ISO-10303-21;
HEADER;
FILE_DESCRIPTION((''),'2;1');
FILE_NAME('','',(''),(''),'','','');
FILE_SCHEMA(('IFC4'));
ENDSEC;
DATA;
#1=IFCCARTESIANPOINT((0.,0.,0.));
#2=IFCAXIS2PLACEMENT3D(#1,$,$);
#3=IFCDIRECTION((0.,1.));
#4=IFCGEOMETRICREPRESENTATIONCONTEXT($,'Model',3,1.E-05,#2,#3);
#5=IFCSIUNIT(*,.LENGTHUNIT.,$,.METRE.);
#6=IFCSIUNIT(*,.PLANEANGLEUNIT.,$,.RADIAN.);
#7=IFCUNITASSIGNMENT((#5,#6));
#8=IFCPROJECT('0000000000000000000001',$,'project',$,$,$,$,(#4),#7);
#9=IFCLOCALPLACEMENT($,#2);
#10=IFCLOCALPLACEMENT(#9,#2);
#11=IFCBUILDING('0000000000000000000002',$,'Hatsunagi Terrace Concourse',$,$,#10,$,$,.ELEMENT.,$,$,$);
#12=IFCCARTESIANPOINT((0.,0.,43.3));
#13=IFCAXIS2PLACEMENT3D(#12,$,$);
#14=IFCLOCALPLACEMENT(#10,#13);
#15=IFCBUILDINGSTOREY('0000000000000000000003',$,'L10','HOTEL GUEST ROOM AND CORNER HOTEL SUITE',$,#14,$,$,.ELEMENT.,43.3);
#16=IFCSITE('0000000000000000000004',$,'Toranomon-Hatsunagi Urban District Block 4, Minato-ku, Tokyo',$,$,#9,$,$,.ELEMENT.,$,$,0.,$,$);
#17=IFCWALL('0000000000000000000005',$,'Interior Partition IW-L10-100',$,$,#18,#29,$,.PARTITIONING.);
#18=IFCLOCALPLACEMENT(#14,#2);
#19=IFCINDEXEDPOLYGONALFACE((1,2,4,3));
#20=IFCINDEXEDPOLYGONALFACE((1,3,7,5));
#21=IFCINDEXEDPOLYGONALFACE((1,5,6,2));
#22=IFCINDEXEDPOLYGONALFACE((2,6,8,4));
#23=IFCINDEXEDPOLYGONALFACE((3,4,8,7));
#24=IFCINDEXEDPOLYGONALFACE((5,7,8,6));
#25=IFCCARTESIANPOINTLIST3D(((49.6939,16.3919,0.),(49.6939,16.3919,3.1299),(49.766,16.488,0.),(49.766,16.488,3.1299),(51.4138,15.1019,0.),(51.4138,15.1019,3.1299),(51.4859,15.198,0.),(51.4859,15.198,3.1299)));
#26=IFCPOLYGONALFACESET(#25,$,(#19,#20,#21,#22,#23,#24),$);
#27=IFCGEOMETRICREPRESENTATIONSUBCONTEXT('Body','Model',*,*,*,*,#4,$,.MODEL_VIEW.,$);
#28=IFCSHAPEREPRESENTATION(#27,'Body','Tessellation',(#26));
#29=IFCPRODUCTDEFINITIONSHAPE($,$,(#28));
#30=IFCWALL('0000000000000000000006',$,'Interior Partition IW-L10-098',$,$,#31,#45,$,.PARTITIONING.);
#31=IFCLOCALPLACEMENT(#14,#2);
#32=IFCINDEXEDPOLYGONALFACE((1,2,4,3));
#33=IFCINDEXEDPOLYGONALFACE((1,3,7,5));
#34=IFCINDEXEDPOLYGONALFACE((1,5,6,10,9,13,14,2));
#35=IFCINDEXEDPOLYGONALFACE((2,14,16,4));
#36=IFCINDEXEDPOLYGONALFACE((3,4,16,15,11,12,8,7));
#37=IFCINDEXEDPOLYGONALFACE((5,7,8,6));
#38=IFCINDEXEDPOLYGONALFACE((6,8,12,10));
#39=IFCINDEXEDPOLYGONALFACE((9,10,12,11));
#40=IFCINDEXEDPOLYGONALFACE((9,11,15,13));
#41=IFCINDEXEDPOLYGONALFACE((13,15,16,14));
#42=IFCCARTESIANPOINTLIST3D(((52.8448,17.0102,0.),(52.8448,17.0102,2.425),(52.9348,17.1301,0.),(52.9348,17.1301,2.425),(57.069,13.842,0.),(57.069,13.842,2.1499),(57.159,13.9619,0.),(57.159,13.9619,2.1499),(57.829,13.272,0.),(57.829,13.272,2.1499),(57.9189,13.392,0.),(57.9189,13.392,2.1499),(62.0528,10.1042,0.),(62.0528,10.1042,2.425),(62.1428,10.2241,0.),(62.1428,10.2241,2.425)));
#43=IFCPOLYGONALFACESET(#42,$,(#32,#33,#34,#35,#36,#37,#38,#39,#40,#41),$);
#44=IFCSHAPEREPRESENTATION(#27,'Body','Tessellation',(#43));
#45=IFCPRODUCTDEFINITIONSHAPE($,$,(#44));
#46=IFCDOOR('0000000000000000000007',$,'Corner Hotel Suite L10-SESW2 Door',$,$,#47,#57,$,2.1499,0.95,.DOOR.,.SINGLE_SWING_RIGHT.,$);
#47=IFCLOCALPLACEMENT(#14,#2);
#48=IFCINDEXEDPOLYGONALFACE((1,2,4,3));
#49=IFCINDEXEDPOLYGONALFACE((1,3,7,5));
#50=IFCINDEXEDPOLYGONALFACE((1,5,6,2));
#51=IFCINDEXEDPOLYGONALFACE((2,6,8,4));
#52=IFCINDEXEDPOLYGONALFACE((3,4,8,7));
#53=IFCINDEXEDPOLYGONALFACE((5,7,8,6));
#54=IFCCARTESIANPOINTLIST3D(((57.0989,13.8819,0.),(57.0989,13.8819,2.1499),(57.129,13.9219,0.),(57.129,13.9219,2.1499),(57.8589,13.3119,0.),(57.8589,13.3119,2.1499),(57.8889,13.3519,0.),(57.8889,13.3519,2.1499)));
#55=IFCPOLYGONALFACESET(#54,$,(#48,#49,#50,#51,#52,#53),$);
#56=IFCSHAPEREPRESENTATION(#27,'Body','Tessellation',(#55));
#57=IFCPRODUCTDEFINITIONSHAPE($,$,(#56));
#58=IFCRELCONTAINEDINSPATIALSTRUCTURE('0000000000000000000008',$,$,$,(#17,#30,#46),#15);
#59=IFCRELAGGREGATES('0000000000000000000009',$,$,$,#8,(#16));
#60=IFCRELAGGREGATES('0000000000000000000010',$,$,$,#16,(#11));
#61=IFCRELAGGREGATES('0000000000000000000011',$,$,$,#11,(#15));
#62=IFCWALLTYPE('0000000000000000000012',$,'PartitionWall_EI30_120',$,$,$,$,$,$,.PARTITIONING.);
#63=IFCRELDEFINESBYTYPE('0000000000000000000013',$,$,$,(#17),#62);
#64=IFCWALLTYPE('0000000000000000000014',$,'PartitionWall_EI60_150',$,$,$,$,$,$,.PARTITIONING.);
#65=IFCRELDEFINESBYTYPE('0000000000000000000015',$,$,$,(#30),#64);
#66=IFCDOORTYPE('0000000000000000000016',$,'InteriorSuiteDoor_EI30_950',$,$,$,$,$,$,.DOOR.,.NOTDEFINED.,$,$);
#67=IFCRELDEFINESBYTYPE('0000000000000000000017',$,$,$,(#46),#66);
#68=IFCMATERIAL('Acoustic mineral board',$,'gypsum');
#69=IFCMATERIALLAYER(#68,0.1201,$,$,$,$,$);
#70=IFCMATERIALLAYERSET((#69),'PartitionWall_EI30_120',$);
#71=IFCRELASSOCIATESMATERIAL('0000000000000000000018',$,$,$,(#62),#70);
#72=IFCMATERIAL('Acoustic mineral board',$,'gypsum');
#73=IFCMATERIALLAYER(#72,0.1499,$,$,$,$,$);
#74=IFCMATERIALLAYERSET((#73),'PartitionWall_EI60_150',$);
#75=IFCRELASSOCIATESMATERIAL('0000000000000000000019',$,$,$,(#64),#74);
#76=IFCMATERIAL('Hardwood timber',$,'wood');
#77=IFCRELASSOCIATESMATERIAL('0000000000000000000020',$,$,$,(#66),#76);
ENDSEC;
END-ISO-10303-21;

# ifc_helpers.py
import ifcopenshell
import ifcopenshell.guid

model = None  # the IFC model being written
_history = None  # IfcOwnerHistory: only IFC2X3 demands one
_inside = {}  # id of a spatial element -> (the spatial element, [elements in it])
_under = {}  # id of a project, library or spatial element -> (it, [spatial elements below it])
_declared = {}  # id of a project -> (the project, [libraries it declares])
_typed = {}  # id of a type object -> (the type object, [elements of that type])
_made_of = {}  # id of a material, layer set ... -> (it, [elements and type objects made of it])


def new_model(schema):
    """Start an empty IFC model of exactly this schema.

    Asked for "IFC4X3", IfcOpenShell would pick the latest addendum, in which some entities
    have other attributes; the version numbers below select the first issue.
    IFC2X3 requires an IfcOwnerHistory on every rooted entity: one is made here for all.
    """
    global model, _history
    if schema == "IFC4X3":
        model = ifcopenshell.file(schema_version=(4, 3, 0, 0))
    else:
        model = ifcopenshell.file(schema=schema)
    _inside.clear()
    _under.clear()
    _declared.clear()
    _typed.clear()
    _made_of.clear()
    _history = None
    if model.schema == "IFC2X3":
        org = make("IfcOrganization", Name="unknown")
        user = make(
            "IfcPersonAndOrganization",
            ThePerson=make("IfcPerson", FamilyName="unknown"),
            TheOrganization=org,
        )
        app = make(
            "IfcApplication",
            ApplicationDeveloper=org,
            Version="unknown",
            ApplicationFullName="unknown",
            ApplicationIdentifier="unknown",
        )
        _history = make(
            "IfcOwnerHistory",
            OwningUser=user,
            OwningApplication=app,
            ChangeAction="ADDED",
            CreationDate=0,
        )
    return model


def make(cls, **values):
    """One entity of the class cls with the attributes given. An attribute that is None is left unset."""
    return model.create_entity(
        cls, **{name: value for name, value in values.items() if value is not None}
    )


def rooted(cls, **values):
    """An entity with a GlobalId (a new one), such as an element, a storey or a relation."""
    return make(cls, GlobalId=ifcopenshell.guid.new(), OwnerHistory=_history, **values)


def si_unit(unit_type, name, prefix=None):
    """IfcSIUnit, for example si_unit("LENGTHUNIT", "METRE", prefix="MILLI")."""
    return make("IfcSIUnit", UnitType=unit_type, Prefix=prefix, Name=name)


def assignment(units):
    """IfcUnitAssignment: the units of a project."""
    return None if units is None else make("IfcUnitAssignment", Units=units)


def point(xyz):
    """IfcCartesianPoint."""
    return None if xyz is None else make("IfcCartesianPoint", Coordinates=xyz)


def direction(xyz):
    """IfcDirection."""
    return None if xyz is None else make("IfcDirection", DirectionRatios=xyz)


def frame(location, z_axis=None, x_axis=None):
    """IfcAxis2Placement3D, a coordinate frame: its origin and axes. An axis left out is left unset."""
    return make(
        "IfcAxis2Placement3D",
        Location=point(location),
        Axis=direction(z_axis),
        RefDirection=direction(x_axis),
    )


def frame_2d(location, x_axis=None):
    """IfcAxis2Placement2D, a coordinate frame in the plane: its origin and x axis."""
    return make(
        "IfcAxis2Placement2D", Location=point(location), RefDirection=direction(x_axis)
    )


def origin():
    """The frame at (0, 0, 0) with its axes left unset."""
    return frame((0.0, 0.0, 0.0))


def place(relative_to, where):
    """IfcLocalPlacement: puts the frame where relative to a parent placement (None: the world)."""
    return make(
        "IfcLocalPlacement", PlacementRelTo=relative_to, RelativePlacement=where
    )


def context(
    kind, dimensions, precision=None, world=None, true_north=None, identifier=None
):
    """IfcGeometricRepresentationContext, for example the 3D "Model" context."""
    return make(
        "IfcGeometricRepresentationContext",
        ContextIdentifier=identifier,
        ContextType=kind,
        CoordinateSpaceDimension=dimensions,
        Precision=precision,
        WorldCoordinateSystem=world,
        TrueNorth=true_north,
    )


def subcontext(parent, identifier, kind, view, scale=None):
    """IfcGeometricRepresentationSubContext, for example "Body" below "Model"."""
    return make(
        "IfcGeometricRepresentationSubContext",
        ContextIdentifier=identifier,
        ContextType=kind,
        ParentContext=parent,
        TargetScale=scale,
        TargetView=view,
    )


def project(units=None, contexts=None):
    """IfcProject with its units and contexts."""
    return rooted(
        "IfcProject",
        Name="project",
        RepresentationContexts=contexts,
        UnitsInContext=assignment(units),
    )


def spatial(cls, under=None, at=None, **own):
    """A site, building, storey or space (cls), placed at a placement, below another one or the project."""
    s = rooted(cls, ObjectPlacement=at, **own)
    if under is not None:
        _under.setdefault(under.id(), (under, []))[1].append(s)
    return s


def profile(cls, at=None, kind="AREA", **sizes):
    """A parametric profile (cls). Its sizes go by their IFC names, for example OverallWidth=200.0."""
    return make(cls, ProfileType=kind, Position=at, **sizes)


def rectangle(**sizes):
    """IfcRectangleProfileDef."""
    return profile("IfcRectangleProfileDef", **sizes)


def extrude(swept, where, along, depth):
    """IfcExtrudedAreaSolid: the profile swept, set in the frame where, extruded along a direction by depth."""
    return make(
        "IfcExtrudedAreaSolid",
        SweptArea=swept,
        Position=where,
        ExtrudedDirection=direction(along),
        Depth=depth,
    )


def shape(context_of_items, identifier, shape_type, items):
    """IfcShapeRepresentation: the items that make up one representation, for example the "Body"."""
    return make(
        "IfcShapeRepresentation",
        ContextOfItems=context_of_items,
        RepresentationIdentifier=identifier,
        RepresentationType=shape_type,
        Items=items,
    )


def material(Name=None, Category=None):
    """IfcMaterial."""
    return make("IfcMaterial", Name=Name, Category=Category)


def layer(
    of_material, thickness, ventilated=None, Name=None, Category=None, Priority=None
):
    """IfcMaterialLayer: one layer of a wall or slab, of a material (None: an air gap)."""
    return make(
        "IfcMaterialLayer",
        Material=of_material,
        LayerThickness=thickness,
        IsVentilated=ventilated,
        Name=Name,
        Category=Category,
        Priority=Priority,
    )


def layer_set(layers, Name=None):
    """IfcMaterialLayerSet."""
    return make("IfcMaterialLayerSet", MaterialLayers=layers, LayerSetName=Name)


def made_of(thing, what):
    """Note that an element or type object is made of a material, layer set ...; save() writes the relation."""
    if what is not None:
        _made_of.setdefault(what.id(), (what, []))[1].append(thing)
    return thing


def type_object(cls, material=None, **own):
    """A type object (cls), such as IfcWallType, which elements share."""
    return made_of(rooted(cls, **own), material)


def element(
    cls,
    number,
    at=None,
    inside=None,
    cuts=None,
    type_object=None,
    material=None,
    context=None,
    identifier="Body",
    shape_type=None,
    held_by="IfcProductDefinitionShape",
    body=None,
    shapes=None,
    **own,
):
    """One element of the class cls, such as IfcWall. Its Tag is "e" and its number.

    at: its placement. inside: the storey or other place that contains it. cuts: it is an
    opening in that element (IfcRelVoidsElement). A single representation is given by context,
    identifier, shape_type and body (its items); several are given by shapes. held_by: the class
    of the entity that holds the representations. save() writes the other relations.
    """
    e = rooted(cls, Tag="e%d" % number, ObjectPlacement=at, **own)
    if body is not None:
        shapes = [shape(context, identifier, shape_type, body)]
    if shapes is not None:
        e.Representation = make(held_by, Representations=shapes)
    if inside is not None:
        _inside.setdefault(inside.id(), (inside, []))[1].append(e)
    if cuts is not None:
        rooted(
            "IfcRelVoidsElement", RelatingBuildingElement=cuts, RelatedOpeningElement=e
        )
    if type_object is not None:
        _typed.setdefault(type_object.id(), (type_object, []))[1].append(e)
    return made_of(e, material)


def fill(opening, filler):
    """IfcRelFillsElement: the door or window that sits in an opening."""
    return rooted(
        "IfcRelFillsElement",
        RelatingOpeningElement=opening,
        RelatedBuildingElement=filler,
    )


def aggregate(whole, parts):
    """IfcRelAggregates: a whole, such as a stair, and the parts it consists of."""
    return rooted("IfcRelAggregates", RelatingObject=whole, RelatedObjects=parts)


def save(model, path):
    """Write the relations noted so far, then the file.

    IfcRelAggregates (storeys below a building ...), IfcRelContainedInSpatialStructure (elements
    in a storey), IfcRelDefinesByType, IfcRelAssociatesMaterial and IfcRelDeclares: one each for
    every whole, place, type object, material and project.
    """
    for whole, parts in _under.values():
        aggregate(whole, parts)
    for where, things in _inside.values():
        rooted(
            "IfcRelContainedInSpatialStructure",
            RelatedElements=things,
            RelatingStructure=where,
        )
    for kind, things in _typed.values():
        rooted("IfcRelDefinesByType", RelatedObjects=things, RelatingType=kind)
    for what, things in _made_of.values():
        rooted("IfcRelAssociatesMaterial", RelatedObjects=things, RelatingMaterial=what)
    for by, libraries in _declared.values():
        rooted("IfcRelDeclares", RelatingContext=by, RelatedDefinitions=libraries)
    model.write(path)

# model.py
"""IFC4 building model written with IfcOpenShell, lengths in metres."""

from ifc_helpers import new_model, si_unit, direction, frame, frame_2d, origin, place, context, subcontext, project, spatial, rectangle, extrude, material, layer, layer_set, type_object, element, fill, save


model = new_model("IFC4")

# Units and contexts
model_context = context("Model", 3, precision=1e-05, world=origin(), true_north=direction((0.0, 1.0)))
body_context = subcontext(model_context, "Body", "Model", "MODEL_VIEW")
ifc_project = project(units=[si_unit("LENGTHUNIT", "METRE"), si_unit("PLANEANGLEUNIT", "RADIAN")], contexts=[model_context])

# Site, building, storey
site_placement = place(None, origin())
site = spatial("IfcSite", under=ifc_project, at=site_placement, Name="Toranomon-Hatsunagi Urban District Block 4, Minato-ku, Tokyo", CompositionType="ELEMENT", RefElevation=0.0)
building_placement = place(site_placement, origin())
building = spatial("IfcBuilding", under=site, at=building_placement, Name="Hatsunagi Terrace Concourse", CompositionType="ELEMENT")
storey_placement = place(building_placement, frame((0.0, 0.0, 43.3)))
storey = spatial("IfcBuildingStorey", under=building, at=storey_placement, Name="L10", Description="HOTEL GUEST ROOM AND CORNER HOTEL SUITE", CompositionType="ELEMENT", Elevation=43.3)

# Shared definitions
ifc_material_1 = material(Name="Acoustic mineral board", Category="gypsum")
ifc_layer_1 = layer(ifc_material_1, 0.1201)
ifc_layer_set_1 = layer_set([ifc_layer_1], Name="PartitionWall_EI30_120")
wall_type_1 = type_object("IfcWallType", Name="PartitionWall_EI30_120", PredefinedType="PARTITIONING", material=ifc_layer_set_1)

# Wall
wall_1_placement = place(storey_placement, frame((49.73, 16.4399, 0.0), z_axis=(0.0, 0.0, 1.0), x_axis=(0.799986, -0.600018, 0.0)))
element("IfcWall", 1, at=wall_1_placement, inside=storey, type_object=wall_type_1, Name="Interior Partition IW-L10-100", PredefinedType="PARTITIONING", context=body_context, shape_type="SweptSolid", body=[
    extrude(rectangle(XDim=2.1499, YDim=0.1201, at=frame_2d((1.075, 0.0))), origin(), (0.0, 0.0, 1.0), 3.1299),
])

# Wall, opening, door
ifc_material_2 = material(Name="Acoustic mineral board", Category="gypsum")
ifc_layer_2 = layer(ifc_material_2, 0.1499)
ifc_layer_set_2 = layer_set([ifc_layer_2], Name="PartitionWall_EI60_150")
wall_type_2 = type_object("IfcWallType", Name="PartitionWall_EI60_150", PredefinedType="PARTITIONING", material=ifc_layer_set_2)
wall_2_placement = place(storey_placement, frame((52.8899, 17.0701, 0.0), z_axis=(0.0, 0.0, 1.0), x_axis=(0.8, -0.6, 0.0)))
wall_2 = element("IfcWall", 2, at=wall_2_placement, inside=storey, type_object=wall_type_2, Name="Interior Partition IW-L10-098", PredefinedType="PARTITIONING", context=body_context, shape_type="SweptSolid", body=[
    extrude(rectangle(XDim=11.51, YDim=0.1499, at=frame_2d((5.7549, 0.0))), origin(), (0.0, 0.0, 1.0), 2.425),
])
opening_1_placement = place(wall_2_placement, frame((5.28, 0.0, 0.0)))
opening_1 = element("IfcOpeningElement", 3, at=opening_1_placement, cuts=wall_2, PredefinedType="OPENING", context=body_context, shape_type="SweptSolid", body=[
    extrude(rectangle(XDim=0.95, YDim=2.1499, at=frame_2d((0.4751, 1.075))), frame((0.0, 0.085, 0.0), z_axis=(0.0, -1.0, 0.0), x_axis=(1.0, 0.0, 0.0)), (0.0, 0.0, 1.0), 0.1699),
])
ifc_material_3 = material(Name="Hardwood timber", Category="wood")
door_type_1 = type_object("IfcDoorType", Name="InteriorSuiteDoor_EI30_950", OperationType="NOTDEFINED", PredefinedType="DOOR", material=ifc_material_3)
door_1_placement = place(opening_1_placement, origin())
door_1 = element("IfcDoor", 4, at=door_1_placement, inside=storey, type_object=door_type_1, Name="Corner Hotel Suite L10-SESW2 Door", OperationType="SINGLE_SWING_RIGHT", OverallHeight=2.1499, OverallWidth=0.95, PredefinedType="DOOR", context=body_context, shape_type="SweptSolid", body=[
    extrude(rectangle(XDim=0.95, YDim=2.1499, at=frame_2d((0.4751, 1.075))), frame((0.0, 0.0249, 0.0), z_axis=(0.0, -1.0, 0.0), x_axis=(1.0, 0.0, 0.0)), (0.0, 0.0, 1.0), 0.05),
])
fill(opening_1, door_1)

save(model, "model.ifc")
